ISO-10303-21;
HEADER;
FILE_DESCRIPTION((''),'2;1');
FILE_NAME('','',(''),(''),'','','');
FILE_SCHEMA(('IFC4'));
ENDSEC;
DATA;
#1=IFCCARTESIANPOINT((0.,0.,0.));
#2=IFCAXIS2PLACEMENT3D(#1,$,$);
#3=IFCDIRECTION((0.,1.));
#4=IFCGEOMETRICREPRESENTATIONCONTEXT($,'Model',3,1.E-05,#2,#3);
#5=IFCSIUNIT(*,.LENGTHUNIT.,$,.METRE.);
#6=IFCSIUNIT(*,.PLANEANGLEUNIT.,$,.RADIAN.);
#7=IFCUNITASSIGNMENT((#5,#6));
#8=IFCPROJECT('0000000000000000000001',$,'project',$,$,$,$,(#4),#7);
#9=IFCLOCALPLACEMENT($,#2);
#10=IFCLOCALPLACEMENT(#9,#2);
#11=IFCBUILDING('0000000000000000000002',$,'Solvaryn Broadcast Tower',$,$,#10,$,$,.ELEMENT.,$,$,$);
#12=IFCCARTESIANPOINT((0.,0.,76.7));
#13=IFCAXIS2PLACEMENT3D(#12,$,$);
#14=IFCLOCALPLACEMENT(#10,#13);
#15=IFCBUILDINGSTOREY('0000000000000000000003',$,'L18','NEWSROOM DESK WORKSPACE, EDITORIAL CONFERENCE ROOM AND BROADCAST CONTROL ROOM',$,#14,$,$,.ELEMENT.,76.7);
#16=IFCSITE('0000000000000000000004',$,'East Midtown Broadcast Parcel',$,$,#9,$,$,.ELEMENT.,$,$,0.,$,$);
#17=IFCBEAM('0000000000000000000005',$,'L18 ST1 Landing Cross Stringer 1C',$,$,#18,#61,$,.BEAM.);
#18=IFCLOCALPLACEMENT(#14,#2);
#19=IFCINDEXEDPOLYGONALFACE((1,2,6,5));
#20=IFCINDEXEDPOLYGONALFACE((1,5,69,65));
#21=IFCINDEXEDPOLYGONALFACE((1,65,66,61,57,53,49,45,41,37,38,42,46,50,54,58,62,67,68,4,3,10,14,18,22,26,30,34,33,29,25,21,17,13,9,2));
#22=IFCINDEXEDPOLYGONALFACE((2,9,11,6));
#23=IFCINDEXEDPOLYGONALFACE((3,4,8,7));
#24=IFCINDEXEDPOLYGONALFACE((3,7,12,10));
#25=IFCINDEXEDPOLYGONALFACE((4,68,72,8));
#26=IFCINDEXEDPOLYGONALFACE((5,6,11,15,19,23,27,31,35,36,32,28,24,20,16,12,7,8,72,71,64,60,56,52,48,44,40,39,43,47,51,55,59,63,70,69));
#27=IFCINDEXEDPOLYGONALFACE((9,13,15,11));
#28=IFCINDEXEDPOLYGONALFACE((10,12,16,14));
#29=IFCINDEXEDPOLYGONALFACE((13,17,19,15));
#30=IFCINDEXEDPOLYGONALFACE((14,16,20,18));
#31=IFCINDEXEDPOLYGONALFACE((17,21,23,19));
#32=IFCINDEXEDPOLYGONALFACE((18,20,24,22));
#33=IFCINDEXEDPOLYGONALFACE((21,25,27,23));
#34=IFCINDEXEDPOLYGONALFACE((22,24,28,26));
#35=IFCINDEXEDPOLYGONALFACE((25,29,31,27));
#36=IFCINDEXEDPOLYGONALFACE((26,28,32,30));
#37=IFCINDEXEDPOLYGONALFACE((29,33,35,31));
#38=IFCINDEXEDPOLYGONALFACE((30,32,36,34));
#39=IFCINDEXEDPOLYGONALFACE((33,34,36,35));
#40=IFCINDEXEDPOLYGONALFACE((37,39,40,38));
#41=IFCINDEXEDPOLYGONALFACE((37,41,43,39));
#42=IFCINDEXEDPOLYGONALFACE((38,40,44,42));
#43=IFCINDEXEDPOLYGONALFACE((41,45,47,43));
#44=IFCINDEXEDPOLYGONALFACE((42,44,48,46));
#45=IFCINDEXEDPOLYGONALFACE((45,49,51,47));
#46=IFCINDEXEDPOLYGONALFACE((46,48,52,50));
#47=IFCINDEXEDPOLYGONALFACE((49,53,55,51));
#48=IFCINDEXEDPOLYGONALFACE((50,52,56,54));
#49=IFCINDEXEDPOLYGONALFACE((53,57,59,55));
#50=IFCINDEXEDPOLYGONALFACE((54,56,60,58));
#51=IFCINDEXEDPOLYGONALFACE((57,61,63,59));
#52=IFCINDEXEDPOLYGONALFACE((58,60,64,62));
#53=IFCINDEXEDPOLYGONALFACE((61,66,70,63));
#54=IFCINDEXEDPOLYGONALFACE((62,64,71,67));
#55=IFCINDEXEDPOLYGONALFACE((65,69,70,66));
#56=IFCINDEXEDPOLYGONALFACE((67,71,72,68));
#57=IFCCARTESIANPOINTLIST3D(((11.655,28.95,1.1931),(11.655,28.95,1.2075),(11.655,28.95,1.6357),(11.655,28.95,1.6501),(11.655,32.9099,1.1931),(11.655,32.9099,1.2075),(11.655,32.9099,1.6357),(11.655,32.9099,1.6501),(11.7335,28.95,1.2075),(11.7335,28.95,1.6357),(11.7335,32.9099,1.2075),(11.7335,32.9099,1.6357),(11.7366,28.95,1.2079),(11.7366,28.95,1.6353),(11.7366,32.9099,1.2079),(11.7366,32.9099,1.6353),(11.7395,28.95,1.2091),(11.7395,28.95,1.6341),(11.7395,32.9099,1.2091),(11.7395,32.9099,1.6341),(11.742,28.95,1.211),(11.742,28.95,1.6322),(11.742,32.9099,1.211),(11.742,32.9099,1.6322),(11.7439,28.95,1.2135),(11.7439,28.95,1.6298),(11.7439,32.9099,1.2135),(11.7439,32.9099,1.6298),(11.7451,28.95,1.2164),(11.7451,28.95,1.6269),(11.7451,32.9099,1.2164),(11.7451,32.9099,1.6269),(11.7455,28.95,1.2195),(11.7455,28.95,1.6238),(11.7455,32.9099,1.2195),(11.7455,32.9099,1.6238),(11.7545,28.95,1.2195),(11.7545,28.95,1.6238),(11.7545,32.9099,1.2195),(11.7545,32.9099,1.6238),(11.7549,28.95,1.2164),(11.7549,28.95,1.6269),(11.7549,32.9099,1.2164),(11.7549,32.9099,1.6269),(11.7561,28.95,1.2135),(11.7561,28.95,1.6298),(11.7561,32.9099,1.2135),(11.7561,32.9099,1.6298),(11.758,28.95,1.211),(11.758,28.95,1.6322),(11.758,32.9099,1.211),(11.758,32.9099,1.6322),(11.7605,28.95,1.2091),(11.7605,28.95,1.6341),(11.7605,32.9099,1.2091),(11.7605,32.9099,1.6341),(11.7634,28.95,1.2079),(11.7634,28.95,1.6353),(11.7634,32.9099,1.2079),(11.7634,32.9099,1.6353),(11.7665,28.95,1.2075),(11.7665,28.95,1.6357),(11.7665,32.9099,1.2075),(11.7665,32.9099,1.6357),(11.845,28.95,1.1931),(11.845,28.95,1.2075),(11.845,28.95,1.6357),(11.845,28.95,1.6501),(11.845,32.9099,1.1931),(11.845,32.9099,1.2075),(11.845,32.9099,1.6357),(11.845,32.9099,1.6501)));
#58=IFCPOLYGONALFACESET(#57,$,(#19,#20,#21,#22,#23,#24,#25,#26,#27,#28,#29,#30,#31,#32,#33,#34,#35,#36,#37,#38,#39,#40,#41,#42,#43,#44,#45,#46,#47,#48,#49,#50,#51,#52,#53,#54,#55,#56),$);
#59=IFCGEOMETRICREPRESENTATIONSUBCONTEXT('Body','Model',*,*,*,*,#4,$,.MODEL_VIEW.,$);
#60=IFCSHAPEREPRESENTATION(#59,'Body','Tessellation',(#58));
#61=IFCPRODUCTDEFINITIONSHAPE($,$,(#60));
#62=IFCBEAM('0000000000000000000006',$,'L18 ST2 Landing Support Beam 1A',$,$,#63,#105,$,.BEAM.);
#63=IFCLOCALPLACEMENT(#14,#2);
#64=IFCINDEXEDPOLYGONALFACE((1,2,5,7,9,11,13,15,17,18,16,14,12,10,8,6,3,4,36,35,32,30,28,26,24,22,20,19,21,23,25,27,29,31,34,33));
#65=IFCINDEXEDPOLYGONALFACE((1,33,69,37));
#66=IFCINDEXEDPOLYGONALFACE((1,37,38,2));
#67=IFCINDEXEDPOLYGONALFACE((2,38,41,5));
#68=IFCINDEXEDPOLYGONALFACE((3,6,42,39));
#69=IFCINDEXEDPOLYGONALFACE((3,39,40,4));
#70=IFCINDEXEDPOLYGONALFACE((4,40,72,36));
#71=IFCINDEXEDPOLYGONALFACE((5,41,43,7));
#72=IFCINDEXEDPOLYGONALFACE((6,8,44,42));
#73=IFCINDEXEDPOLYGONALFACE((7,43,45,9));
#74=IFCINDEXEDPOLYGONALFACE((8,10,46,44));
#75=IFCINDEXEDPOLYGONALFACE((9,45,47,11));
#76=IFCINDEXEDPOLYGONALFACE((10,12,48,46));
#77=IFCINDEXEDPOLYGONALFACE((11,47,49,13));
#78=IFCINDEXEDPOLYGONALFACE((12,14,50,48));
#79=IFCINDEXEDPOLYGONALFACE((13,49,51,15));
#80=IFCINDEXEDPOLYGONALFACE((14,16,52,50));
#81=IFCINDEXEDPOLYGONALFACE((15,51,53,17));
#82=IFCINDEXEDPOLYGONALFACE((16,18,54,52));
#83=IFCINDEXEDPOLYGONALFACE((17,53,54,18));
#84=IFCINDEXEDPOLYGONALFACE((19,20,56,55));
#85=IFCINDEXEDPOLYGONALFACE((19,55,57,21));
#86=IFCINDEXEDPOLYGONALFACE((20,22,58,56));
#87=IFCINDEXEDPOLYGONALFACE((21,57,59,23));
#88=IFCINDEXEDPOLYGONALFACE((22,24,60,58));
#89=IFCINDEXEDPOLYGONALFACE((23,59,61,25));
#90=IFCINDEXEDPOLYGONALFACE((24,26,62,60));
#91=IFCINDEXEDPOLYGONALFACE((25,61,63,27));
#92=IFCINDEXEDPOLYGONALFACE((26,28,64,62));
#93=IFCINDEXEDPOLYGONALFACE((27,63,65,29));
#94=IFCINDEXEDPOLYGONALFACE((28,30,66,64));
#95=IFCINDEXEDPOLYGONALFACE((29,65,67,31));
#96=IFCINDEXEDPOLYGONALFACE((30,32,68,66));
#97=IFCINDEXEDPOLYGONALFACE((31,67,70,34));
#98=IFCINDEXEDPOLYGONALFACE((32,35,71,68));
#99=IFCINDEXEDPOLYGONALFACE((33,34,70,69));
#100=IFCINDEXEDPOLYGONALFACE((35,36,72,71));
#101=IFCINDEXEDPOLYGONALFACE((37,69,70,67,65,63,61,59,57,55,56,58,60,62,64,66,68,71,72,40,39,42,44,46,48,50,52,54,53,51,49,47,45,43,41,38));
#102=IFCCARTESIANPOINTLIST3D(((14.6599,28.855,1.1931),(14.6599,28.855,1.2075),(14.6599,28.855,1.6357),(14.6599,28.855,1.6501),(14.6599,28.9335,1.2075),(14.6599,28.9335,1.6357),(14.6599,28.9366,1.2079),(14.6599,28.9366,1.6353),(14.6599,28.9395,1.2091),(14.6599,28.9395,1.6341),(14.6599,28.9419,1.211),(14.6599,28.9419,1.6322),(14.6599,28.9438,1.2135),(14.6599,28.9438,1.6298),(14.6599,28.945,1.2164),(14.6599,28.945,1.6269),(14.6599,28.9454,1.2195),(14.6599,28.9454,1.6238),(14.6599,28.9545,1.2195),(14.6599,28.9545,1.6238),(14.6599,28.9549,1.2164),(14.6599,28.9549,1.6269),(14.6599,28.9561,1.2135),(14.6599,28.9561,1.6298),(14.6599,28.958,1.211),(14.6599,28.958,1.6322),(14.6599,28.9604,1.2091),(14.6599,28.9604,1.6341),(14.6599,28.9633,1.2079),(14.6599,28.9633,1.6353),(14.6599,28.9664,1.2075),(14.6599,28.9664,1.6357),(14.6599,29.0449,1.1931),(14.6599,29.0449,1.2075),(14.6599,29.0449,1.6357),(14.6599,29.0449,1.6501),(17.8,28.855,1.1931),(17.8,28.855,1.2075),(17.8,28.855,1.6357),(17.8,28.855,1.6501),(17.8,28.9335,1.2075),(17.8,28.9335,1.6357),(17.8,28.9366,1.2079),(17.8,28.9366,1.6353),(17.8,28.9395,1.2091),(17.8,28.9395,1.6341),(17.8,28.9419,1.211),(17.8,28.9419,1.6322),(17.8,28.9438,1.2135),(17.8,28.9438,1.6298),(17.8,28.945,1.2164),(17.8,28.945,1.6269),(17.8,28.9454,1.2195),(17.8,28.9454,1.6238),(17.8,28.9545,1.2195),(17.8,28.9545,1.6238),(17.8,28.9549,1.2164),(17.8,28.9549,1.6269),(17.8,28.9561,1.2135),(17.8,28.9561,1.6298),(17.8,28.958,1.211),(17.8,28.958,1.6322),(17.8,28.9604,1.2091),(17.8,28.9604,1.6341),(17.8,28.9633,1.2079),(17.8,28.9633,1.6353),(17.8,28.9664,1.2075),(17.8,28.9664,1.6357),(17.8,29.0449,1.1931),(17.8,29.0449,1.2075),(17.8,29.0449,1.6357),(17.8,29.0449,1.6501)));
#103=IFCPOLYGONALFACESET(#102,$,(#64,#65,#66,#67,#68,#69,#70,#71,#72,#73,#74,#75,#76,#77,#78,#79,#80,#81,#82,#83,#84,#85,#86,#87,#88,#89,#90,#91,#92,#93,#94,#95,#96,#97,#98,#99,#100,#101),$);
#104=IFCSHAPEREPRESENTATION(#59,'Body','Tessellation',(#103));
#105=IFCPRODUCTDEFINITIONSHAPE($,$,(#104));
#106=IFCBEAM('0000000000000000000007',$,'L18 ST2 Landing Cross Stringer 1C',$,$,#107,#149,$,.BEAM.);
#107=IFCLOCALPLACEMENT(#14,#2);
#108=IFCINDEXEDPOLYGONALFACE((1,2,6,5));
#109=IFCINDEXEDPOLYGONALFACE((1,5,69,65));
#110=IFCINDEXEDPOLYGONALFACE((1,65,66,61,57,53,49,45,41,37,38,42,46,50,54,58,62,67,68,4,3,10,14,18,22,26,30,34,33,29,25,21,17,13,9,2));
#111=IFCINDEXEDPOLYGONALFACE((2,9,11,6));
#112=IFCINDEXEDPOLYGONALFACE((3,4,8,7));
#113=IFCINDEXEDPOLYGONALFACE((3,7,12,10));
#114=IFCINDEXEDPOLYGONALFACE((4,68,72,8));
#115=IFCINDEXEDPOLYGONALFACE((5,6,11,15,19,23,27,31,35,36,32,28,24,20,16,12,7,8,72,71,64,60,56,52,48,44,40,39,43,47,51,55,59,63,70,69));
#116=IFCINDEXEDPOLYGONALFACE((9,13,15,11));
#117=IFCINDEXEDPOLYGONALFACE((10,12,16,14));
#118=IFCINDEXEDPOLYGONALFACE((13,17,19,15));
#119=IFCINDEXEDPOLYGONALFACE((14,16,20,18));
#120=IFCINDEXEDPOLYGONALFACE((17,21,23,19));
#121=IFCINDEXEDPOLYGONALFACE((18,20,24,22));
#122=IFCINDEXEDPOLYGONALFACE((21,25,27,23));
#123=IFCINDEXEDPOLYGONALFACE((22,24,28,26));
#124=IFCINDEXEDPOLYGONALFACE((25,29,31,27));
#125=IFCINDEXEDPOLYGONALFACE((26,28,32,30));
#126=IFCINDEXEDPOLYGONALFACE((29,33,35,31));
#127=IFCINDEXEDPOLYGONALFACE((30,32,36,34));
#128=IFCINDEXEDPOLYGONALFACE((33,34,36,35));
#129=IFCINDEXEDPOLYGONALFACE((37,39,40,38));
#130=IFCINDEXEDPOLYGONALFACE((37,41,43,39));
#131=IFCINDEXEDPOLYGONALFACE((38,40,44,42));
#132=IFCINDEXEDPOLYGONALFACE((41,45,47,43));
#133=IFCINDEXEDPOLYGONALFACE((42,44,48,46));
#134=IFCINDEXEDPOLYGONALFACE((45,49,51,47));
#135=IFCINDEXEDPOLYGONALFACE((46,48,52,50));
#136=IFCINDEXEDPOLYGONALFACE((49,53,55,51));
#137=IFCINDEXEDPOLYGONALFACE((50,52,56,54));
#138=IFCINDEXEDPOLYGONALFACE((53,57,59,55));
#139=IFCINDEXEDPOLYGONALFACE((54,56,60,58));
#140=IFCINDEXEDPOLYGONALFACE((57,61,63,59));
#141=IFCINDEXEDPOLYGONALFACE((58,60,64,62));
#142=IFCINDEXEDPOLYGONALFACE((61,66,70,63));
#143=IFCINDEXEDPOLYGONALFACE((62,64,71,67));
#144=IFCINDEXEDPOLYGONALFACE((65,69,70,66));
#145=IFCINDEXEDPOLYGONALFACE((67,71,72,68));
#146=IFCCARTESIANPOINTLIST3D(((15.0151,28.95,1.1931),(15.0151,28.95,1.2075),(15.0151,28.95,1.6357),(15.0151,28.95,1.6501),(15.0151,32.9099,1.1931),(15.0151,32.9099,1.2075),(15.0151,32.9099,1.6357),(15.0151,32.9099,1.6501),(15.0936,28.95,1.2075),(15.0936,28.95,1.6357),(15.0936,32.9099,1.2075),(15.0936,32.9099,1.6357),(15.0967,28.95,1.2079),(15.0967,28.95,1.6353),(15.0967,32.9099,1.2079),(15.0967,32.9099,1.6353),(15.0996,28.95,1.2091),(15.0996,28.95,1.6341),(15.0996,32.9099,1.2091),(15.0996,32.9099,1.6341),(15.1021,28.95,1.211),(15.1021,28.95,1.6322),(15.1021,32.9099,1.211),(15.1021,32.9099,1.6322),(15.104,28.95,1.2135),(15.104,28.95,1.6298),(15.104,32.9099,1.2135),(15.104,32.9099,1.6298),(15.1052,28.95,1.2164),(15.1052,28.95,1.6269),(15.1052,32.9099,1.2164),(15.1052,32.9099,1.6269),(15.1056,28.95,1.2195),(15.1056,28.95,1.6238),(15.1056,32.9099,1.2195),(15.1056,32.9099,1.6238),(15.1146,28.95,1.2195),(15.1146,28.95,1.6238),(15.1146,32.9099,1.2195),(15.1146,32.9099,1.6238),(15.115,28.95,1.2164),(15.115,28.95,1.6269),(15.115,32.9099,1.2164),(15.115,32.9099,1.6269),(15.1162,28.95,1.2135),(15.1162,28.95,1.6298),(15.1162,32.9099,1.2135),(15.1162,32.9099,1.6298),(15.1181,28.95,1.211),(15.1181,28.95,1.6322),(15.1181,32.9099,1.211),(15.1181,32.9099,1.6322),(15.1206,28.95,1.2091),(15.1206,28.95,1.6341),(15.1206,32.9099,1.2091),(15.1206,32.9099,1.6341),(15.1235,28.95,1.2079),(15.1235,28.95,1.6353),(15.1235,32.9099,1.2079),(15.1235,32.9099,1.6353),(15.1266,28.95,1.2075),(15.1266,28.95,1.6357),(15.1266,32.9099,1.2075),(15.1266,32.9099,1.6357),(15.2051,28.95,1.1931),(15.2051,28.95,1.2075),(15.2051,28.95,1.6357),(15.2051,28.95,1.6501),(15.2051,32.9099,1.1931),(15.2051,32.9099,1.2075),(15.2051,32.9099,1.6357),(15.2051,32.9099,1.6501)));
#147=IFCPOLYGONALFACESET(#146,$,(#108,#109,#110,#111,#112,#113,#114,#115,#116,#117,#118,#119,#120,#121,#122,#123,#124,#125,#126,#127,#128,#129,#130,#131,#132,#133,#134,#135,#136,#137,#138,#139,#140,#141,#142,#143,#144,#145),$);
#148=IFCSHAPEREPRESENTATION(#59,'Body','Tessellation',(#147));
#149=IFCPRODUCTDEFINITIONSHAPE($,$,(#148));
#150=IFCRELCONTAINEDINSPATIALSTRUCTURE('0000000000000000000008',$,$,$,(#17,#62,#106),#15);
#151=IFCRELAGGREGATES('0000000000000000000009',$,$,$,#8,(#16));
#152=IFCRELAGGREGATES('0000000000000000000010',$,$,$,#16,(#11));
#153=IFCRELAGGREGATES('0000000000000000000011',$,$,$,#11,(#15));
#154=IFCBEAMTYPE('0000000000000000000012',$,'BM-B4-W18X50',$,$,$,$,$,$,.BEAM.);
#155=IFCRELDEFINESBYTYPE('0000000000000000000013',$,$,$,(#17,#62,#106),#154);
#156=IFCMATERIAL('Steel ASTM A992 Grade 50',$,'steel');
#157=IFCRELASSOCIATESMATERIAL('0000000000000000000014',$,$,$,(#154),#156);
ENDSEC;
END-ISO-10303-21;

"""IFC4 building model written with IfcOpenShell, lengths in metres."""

from ifc_helpers import new_model, si_unit, direction, frame, origin, origin_2d, place, context, subcontext, project, spatial, i_section, extrude, material, material_profile, profile_set, type_object, element, save


model = new_model("IFC4")

# Units and contexts
model_context = context("Model", 3, precision=1e-05, world=origin(), true_north=direction((0.0, 1.0)))
body_context = subcontext(model_context, "Body", "Model", "MODEL_VIEW")
ifc_project = project(units=[si_unit("LENGTHUNIT", "METRE"), si_unit("PLANEANGLEUNIT", "RADIAN")], contexts=[model_context])

# Site, building, storey
site_placement = place(None, origin())
site = spatial("IfcSite", under=ifc_project, at=site_placement, Name="East Midtown Broadcast Parcel", CompositionType="ELEMENT", RefElevation=0.0)
building_placement = place(site_placement, origin())
building = spatial("IfcBuilding", under=site, at=building_placement, Name="Solvaryn Broadcast Tower", CompositionType="ELEMENT")
storey_placement = place(building_placement, frame((0.0, 0.0, 76.7)))
storey = spatial("IfcBuildingStorey", under=building, at=storey_placement, Name="L18", Description="NEWSROOM DESK WORKSPACE, EDITORIAL CONFERENCE ROOM AND BROADCAST CONTROL ROOM", CompositionType="ELEMENT", Elevation=76.7)

# Beams
ifc_material_1 = material(Name="Steel ASTM A992 Grade 50", Category="steel")
ifc_material_profile_1 = material_profile(ifc_material_1, i_section(OverallWidth=0.1899, OverallDepth=0.457, WebThickness=0.009, FlangeThickness=0.0144, FilletRadius=0.012, at=origin_2d()))
ifc_profile_set_1 = profile_set([ifc_material_profile_1], Name="Steel ASTM A992 Grade 50")
beam_type_1 = type_object("IfcBeamType", Name="BM-B4-W18X50", PredefinedType="BEAM", material=ifc_profile_set_1)
beam_1_placement = place(storey_placement, frame((11.75, 28.95, 1.4216), z_axis=(0.0, 1.0, 0.0), x_axis=(-1.0, 0.0, 0.0)))
element("IfcBeam", 1, at=beam_1_placement, inside=storey, type_object=beam_type_1, Name="L18 ST1 Landing Cross Stringer 1C", PredefinedType="BEAM", context=body_context, shape_type="SweptSolid", body=[
    extrude(i_section(OverallWidth=0.1899, OverallDepth=0.457, WebThickness=0.009, FlangeThickness=0.0144, FilletRadius=0.012, at=origin_2d()), origin(), (0.0, 0.0, 1.0), 3.96),
])
beam_2_placement = place(storey_placement, frame((14.6599, 28.95, 1.4216), z_axis=(1.0, 0.0, 0.0), x_axis=(0.0, 1.0, 0.0)))
element("IfcBeam", 2, at=beam_2_placement, inside=storey, type_object=beam_type_1, Name="L18 ST2 Landing Support Beam 1A", PredefinedType="BEAM", context=body_context, shape_type="SweptSolid", body=[
    extrude(i_section(OverallWidth=0.1899, OverallDepth=0.457, WebThickness=0.009, FlangeThickness=0.0144, FilletRadius=0.012, at=origin_2d()), origin(), (0.0, 0.0, 1.0), 3.1401),
])
beam_3_placement = place(storey_placement, frame((15.1101, 28.95, 1.4216), z_axis=(0.0, 1.0, 0.0), x_axis=(-1.0, 0.0, 0.0)))
element("IfcBeam", 3, at=beam_3_placement, inside=storey, type_object=beam_type_1, Name="L18 ST2 Landing Cross Stringer 1C", PredefinedType="BEAM", context=body_context, shape_type="SweptSolid", body=[
    extrude(i_section(OverallWidth=0.1899, OverallDepth=0.457, WebThickness=0.009, FlangeThickness=0.0144, FilletRadius=0.012, at=origin_2d()), origin(), (0.0, 0.0, 1.0), 3.96),
])

save(model, "model.ifc")
